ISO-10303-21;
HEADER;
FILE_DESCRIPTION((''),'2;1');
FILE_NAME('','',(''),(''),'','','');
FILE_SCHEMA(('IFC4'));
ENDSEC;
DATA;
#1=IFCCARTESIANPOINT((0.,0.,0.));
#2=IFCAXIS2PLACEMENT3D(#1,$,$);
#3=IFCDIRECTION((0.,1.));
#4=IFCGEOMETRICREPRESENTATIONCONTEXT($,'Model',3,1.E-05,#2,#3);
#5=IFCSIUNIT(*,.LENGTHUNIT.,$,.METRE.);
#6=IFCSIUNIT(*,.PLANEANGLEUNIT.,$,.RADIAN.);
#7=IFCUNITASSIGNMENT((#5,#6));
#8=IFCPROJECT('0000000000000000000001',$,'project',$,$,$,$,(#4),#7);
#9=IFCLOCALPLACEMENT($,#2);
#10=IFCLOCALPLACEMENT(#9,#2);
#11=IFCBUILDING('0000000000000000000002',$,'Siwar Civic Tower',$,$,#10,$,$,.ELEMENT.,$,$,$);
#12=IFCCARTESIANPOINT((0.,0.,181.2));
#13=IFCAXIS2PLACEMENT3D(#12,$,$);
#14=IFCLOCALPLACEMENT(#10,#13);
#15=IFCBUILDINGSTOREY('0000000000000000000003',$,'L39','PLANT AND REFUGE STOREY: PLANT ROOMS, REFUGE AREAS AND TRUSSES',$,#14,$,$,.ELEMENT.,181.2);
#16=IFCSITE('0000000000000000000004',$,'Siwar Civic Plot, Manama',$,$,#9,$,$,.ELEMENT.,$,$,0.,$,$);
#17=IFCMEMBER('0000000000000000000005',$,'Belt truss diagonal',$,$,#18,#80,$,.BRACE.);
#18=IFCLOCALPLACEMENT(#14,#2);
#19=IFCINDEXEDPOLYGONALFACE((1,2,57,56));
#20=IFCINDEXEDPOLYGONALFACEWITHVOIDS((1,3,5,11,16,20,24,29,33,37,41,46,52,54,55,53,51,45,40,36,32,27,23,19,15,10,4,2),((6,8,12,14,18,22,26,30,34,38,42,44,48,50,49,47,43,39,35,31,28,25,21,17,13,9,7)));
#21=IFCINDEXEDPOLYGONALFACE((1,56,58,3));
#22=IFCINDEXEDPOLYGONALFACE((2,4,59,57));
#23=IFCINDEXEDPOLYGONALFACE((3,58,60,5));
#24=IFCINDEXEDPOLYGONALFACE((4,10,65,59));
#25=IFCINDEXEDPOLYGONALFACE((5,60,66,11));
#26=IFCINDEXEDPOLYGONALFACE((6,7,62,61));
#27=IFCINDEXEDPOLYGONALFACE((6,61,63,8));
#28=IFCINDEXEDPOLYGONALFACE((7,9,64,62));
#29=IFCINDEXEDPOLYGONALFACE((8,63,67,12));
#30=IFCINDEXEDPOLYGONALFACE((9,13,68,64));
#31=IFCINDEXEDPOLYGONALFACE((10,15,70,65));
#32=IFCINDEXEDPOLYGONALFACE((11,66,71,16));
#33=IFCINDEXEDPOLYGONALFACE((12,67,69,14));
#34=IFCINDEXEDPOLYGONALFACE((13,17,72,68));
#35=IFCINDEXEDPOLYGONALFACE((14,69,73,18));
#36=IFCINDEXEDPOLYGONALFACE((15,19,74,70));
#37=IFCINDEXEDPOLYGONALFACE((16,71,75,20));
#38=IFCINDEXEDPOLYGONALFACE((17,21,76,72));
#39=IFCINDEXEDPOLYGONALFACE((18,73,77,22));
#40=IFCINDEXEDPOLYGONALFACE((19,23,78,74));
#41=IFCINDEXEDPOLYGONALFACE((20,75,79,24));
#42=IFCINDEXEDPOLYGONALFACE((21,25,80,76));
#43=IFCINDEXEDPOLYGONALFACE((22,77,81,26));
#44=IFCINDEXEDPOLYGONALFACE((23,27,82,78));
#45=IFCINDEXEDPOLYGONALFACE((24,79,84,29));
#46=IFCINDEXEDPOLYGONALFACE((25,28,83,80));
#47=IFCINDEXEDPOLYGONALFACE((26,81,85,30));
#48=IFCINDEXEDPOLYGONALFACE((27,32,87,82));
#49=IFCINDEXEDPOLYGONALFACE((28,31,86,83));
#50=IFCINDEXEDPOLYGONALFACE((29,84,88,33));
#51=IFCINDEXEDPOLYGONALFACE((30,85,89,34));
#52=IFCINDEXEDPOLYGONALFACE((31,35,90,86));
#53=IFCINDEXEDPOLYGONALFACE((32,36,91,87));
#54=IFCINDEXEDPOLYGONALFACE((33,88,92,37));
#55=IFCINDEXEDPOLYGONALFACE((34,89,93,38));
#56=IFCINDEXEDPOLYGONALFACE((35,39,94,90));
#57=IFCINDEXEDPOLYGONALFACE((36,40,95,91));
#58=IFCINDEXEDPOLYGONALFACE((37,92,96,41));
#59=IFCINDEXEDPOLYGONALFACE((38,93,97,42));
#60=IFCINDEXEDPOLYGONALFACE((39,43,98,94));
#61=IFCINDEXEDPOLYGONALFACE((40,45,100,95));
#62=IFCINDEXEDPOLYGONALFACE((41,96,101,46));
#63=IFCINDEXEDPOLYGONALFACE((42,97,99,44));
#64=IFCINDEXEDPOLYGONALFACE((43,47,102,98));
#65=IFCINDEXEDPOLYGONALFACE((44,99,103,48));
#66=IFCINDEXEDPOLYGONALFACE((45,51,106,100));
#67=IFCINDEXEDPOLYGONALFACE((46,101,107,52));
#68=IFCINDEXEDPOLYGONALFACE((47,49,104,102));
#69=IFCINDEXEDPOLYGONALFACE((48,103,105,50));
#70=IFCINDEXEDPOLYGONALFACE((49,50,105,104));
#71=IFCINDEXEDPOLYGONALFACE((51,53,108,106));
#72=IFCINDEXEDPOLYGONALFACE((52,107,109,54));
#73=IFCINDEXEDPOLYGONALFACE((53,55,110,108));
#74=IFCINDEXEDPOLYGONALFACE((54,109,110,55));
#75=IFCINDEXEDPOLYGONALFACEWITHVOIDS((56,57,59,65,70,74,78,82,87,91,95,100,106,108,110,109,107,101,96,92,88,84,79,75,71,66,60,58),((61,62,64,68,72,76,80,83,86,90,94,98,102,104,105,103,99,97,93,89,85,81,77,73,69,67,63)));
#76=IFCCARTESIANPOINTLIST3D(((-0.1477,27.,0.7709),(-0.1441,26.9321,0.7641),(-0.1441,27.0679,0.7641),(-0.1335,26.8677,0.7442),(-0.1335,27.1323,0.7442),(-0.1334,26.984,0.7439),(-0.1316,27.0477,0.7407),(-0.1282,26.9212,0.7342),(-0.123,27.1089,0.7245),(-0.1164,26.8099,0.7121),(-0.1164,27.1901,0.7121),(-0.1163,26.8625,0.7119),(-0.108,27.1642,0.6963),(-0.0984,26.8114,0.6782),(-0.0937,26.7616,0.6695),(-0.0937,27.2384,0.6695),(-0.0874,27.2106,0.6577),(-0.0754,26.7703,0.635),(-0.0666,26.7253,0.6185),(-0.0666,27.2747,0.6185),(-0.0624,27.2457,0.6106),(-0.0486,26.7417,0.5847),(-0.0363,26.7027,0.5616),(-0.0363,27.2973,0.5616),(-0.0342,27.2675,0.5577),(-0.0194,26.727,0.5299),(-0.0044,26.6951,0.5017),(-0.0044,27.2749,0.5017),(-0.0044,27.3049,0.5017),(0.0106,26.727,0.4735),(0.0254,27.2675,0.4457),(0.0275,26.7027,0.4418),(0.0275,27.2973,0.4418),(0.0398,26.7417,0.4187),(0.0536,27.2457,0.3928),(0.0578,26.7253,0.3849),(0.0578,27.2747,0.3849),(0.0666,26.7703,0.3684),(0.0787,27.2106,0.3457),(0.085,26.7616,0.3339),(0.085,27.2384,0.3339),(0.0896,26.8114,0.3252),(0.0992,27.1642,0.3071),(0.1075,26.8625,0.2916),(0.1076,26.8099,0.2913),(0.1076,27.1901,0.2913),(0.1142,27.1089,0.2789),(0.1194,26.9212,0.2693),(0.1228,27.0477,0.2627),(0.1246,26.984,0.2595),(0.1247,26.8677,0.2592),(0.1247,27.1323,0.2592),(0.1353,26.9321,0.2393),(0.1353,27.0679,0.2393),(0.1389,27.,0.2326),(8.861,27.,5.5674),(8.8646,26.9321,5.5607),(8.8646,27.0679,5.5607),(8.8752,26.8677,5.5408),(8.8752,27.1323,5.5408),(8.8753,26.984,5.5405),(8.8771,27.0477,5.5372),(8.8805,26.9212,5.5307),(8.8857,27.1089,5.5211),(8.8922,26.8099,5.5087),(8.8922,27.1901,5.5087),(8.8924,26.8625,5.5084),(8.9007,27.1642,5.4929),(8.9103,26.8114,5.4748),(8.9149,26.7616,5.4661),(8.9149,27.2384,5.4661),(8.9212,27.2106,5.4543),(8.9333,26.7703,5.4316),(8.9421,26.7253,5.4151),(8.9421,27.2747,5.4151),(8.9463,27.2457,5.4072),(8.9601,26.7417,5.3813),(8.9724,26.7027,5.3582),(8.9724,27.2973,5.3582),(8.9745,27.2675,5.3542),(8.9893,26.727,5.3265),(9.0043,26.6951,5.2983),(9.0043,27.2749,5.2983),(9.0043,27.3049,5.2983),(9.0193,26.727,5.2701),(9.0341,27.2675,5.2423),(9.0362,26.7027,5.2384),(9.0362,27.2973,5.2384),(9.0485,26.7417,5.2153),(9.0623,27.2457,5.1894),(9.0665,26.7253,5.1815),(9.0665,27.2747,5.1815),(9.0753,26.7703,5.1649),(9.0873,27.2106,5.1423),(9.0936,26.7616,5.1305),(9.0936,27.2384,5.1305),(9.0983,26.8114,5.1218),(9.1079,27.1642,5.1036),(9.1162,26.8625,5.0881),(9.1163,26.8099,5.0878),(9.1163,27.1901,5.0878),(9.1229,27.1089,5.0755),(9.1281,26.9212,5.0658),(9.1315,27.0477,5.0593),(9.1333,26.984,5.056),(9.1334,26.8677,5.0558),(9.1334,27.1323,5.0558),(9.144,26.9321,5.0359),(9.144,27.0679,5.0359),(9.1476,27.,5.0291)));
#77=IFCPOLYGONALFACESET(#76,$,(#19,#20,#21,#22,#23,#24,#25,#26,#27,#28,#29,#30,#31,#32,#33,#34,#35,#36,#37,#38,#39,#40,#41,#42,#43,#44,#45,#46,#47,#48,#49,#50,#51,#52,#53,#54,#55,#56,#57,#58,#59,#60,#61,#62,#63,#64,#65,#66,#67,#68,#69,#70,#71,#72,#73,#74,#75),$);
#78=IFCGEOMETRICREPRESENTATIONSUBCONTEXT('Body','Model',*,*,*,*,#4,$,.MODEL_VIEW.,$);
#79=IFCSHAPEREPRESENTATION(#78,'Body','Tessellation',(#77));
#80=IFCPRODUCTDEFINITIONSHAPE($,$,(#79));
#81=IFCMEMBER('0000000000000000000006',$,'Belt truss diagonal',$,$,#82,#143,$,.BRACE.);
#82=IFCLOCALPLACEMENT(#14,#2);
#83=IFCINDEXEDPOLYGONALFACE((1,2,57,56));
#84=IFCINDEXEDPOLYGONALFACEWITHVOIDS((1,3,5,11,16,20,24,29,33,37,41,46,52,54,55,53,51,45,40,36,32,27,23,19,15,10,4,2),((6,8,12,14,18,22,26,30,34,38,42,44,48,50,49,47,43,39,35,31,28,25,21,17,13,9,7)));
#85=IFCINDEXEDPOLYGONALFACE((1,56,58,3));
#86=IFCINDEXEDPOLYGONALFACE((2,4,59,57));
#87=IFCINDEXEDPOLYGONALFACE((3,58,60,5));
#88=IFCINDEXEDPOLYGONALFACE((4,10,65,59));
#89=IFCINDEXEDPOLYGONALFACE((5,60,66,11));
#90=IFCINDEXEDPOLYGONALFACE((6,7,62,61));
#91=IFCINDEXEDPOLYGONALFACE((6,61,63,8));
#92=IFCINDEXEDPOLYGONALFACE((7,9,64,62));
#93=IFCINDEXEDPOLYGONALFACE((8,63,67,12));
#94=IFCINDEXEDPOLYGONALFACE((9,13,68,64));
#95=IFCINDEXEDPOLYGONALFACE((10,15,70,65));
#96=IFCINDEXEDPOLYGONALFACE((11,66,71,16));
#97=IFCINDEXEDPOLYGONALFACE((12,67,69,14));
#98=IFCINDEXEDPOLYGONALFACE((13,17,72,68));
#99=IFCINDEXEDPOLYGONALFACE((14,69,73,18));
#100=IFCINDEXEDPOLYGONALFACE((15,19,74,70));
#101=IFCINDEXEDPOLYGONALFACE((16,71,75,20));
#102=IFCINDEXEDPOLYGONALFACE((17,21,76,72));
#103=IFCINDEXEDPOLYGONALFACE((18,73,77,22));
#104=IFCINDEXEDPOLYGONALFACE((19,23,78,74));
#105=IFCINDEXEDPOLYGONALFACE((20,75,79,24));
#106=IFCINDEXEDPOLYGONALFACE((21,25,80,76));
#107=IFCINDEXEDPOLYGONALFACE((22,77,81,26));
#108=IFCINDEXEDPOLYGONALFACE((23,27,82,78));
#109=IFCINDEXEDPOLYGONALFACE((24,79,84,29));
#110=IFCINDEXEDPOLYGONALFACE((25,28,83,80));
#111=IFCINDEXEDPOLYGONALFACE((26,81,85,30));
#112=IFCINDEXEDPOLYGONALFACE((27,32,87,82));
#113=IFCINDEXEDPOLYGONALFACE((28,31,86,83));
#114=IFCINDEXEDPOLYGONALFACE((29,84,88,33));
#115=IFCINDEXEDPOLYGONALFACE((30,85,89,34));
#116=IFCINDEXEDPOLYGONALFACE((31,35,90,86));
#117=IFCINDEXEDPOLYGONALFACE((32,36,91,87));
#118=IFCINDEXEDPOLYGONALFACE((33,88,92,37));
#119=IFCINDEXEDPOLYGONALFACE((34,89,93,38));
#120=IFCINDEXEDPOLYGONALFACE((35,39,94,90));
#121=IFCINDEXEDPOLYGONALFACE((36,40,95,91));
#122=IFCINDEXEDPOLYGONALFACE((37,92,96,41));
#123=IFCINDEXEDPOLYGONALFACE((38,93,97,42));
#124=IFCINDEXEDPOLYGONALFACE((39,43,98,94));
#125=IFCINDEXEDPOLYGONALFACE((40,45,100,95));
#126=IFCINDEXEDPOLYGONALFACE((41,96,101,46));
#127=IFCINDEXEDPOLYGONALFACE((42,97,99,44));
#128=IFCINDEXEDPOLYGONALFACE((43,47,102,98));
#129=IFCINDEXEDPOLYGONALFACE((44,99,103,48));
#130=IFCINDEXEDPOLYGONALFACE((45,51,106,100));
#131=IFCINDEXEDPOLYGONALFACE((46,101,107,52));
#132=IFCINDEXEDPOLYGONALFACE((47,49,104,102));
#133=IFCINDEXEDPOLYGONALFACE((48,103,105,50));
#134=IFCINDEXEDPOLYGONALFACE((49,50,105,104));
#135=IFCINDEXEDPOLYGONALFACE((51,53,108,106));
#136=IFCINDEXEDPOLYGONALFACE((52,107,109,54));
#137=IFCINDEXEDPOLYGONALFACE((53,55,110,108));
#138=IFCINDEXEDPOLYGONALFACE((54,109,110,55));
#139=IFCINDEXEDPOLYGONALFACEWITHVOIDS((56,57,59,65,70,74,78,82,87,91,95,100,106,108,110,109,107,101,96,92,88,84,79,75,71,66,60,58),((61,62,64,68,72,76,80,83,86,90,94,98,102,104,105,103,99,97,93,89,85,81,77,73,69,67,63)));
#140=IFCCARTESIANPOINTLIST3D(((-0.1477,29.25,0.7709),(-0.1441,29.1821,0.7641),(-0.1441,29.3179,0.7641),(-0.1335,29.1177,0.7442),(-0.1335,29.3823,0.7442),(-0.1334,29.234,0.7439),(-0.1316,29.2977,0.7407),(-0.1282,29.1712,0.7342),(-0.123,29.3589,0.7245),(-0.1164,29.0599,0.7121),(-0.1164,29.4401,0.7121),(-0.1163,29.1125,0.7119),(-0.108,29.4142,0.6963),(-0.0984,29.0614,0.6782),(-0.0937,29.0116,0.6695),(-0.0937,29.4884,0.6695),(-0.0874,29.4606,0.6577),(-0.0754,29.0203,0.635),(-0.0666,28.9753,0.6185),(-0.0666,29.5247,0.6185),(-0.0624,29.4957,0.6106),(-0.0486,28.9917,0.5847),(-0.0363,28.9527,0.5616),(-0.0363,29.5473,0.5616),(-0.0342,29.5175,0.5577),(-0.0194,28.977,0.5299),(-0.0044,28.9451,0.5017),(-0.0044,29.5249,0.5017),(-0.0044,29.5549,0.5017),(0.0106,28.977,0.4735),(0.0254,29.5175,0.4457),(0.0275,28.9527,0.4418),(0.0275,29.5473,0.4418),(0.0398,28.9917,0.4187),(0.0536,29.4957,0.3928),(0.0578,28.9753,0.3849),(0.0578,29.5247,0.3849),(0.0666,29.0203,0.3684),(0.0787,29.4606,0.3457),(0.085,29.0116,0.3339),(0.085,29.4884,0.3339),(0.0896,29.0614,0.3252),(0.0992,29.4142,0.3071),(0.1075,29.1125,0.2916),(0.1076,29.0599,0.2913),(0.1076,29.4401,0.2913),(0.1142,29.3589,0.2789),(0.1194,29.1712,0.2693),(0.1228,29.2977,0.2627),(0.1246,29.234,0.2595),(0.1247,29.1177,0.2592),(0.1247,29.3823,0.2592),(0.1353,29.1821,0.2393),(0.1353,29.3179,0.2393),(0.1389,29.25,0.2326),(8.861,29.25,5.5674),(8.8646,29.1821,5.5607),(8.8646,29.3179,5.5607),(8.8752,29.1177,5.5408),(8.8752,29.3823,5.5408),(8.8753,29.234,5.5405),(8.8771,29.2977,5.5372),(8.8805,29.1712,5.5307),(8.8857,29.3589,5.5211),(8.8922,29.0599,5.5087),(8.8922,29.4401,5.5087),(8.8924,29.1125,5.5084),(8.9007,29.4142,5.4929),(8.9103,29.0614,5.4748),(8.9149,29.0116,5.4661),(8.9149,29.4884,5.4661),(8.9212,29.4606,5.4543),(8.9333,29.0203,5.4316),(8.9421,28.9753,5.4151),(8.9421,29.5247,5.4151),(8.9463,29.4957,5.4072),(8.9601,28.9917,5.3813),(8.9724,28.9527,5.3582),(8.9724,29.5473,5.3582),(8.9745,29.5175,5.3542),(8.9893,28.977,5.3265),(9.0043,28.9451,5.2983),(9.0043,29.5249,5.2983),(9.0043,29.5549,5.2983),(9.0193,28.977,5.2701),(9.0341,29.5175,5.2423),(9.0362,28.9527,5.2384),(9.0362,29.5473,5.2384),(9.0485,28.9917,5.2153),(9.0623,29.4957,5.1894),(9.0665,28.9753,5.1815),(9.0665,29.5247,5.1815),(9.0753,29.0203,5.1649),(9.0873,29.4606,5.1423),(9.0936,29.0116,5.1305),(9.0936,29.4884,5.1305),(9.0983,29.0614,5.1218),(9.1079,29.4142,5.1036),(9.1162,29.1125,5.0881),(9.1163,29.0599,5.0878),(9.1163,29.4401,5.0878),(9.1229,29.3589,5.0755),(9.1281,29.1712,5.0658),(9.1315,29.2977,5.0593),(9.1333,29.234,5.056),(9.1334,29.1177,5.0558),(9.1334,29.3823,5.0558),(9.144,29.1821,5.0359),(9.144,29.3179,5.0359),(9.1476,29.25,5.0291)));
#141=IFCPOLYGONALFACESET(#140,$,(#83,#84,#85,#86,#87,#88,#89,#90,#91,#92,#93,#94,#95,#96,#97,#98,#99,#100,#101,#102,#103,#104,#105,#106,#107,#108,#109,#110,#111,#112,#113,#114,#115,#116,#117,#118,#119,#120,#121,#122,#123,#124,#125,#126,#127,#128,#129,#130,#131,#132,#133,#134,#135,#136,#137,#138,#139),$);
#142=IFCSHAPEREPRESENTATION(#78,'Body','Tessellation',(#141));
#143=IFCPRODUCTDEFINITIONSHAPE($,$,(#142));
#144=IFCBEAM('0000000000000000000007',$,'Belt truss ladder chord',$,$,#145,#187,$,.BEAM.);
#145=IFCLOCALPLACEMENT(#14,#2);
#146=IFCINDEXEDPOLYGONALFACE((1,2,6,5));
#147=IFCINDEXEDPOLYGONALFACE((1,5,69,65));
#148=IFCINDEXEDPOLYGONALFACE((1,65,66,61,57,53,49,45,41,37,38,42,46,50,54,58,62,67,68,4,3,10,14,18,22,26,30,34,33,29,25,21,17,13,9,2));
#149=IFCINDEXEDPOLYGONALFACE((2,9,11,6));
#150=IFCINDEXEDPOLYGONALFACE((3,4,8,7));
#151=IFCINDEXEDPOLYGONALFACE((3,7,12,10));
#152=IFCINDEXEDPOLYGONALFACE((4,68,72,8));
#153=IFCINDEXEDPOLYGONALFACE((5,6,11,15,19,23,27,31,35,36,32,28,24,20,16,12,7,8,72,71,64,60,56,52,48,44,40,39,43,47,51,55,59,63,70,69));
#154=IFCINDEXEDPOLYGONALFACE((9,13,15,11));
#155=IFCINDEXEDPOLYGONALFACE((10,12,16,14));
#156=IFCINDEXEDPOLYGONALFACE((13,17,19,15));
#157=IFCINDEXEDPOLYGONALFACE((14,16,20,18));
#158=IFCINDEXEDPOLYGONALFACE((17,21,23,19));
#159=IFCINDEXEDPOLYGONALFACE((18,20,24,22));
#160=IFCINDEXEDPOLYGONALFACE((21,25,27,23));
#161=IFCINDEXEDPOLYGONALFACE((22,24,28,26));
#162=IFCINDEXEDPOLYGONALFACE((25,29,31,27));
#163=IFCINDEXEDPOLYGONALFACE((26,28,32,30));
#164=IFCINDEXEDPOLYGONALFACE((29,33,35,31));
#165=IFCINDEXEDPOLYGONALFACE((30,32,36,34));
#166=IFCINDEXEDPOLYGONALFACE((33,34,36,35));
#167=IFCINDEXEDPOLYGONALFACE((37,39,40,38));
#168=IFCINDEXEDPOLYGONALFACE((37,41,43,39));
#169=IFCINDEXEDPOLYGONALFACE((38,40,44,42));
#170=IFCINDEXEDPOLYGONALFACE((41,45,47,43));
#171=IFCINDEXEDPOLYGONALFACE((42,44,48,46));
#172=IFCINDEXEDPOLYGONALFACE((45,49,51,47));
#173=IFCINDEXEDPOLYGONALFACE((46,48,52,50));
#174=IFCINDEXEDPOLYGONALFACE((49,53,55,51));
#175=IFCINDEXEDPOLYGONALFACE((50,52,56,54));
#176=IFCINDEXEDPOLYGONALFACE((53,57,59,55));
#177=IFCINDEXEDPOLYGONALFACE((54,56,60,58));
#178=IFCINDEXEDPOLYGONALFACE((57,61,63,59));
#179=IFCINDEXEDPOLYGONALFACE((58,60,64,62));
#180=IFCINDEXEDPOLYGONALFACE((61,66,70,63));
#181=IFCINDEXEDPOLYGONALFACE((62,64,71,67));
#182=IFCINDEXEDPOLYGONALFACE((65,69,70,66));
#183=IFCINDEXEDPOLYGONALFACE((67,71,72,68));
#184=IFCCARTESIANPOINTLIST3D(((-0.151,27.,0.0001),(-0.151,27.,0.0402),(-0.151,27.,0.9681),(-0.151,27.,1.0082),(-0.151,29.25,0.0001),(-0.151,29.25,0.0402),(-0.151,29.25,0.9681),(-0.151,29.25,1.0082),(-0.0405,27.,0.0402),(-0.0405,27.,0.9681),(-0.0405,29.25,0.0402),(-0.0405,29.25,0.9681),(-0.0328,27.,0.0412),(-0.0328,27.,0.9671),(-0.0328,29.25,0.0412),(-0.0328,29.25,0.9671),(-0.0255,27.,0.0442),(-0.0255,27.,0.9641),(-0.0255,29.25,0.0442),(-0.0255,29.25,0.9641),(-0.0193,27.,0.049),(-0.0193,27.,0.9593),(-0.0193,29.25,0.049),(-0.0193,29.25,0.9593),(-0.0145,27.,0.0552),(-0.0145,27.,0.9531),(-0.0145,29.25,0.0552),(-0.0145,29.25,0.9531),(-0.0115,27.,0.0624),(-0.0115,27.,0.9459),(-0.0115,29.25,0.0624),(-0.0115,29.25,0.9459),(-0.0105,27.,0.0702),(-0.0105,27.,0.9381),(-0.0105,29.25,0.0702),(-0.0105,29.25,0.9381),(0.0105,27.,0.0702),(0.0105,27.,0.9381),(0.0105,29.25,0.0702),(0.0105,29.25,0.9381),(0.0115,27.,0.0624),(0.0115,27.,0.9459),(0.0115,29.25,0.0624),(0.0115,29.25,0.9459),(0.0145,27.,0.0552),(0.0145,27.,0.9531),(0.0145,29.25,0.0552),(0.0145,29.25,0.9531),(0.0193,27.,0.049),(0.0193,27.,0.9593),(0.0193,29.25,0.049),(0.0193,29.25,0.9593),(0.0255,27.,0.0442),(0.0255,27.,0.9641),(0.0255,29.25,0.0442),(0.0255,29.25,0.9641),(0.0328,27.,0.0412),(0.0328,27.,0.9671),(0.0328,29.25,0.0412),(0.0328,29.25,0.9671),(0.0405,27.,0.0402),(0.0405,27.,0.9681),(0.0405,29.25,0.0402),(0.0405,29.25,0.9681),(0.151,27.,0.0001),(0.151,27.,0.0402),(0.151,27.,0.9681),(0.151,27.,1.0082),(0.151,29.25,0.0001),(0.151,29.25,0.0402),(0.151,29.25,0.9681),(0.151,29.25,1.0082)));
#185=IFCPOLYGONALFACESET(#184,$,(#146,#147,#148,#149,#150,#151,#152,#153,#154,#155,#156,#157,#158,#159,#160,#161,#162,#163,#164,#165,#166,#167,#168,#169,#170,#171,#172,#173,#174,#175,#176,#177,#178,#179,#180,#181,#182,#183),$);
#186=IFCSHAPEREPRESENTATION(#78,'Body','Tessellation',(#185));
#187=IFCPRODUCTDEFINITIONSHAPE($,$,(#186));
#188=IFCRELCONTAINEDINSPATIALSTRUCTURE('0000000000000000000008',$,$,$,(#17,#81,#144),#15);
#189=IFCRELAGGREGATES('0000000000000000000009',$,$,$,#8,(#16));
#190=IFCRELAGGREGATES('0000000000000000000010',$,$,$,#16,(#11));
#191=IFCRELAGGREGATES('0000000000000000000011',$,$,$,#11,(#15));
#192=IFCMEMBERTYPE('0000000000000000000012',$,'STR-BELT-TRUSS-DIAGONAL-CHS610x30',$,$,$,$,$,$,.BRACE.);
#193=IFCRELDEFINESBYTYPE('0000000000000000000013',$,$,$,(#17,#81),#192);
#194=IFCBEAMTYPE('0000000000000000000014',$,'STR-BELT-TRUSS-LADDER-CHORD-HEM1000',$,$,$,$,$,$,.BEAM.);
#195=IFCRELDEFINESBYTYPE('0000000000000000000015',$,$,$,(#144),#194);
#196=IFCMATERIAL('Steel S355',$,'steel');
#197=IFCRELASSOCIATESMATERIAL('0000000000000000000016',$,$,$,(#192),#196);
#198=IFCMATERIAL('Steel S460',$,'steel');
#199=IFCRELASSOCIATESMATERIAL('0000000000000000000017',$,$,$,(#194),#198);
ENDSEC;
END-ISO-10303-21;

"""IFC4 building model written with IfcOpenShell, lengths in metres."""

from ifc_helpers import new_model, si_unit, direction, frame, origin, origin_2d, place, context, subcontext, project, spatial, hollow_circle, i_section, extrude, material, material_profile, profile_set, type_object, element, save


model = new_model("IFC4")

# Units and contexts
model_context = context("Model", 3, precision=1e-05, world=origin(), true_north=direction((0.0, 1.0)))
body_context = subcontext(model_context, "Body", "Model", "MODEL_VIEW")
ifc_project = project(units=[si_unit("LENGTHUNIT", "METRE"), si_unit("PLANEANGLEUNIT", "RADIAN")], contexts=[model_context])

# Site, building, storey
site_placement = place(None, origin())
site = spatial("IfcSite", under=ifc_project, at=site_placement, Name="Siwar Civic Plot, Manama", CompositionType="ELEMENT", RefElevation=0.0)
building_placement = place(site_placement, origin())
building = spatial("IfcBuilding", under=site, at=building_placement, Name="Siwar Civic Tower", CompositionType="ELEMENT")
storey_placement = place(building_placement, frame((0.0, 0.0, 181.2)))
storey = spatial("IfcBuildingStorey", under=building, at=storey_placement, Name="L39", Description="PLANT AND REFUGE STOREY: PLANT ROOMS, REFUGE AREAS AND TRUSSES", CompositionType="ELEMENT", Elevation=181.2)

# Members
ifc_material_1 = material(Name="Steel S355", Category="steel")
ifc_material_profile_1 = material_profile(ifc_material_1, hollow_circle(Radius=0.3049, WallThickness=0.03, at=origin_2d()), Name="CHS610x30")
ifc_profile_set_1 = profile_set([ifc_material_profile_1], Name="Steel S355")
member_type_1 = type_object("IfcMemberType", Name="STR-BELT-TRUSS-DIAGONAL-CHS610x30", PredefinedType="BRACE", material=ifc_profile_set_1)
for number, where, z_axis, x_axis, name in (
    (1, (-0.0044, 27.0, 0.5017), (0.882681, 0.0, 0.469974), (0.0, 1.0, 0.0), "Belt truss diagonal"),
    (2, (-0.0044, 29.25, 0.5017), (0.882681, 0.0, 0.469974), (0.0, 1.0, 0.0), "Belt truss diagonal"),
):
    element("IfcMember", number, at=place(storey_placement, frame(where, z_axis=z_axis, x_axis=x_axis)), inside=storey, type_object=member_type_1, Name=name, PredefinedType="BRACE", context=body_context, shape_type="SweptSolid", body=[
        extrude(hollow_circle(Radius=0.3049, WallThickness=0.03, at=origin_2d()), origin(), (0.0, 0.0, 1.0), 10.2061),
    ])

# Beam
ifc_material_2 = material(Name="Steel S460", Category="steel")
ifc_material_profile_2 = material_profile(ifc_material_2, i_section(OverallWidth=0.302, OverallDepth=1.0081, WebThickness=0.021, FlangeThickness=0.04, FilletRadius=0.03, at=origin_2d()), Name="HEM1000")
ifc_profile_set_2 = profile_set([ifc_material_profile_2], Name="Steel S460")
beam_type_1 = type_object("IfcBeamType", Name="STR-BELT-TRUSS-LADDER-CHORD-HEM1000", PredefinedType="BEAM", material=ifc_profile_set_2)
for number, where, z_axis, x_axis, name in (
    (3, (0.0, 27.0, 0.5042), (0.0, 1.0, 0.0), (-1.0, 0.0, 0.0), "Belt truss ladder chord"),
):
    element("IfcBeam", number, at=place(storey_placement, frame(where, z_axis=z_axis, x_axis=x_axis)), inside=storey, type_object=beam_type_1, Name=name, PredefinedType="BEAM", context=body_context, shape_type="SweptSolid", body=[
        extrude(i_section(OverallWidth=0.302, OverallDepth=1.0081, WebThickness=0.021, FlangeThickness=0.04, FilletRadius=0.03, at=origin_2d()), origin(), (0.0, 0.0, 1.0), 2.25),
    ])

save(model, "model.ifc")
